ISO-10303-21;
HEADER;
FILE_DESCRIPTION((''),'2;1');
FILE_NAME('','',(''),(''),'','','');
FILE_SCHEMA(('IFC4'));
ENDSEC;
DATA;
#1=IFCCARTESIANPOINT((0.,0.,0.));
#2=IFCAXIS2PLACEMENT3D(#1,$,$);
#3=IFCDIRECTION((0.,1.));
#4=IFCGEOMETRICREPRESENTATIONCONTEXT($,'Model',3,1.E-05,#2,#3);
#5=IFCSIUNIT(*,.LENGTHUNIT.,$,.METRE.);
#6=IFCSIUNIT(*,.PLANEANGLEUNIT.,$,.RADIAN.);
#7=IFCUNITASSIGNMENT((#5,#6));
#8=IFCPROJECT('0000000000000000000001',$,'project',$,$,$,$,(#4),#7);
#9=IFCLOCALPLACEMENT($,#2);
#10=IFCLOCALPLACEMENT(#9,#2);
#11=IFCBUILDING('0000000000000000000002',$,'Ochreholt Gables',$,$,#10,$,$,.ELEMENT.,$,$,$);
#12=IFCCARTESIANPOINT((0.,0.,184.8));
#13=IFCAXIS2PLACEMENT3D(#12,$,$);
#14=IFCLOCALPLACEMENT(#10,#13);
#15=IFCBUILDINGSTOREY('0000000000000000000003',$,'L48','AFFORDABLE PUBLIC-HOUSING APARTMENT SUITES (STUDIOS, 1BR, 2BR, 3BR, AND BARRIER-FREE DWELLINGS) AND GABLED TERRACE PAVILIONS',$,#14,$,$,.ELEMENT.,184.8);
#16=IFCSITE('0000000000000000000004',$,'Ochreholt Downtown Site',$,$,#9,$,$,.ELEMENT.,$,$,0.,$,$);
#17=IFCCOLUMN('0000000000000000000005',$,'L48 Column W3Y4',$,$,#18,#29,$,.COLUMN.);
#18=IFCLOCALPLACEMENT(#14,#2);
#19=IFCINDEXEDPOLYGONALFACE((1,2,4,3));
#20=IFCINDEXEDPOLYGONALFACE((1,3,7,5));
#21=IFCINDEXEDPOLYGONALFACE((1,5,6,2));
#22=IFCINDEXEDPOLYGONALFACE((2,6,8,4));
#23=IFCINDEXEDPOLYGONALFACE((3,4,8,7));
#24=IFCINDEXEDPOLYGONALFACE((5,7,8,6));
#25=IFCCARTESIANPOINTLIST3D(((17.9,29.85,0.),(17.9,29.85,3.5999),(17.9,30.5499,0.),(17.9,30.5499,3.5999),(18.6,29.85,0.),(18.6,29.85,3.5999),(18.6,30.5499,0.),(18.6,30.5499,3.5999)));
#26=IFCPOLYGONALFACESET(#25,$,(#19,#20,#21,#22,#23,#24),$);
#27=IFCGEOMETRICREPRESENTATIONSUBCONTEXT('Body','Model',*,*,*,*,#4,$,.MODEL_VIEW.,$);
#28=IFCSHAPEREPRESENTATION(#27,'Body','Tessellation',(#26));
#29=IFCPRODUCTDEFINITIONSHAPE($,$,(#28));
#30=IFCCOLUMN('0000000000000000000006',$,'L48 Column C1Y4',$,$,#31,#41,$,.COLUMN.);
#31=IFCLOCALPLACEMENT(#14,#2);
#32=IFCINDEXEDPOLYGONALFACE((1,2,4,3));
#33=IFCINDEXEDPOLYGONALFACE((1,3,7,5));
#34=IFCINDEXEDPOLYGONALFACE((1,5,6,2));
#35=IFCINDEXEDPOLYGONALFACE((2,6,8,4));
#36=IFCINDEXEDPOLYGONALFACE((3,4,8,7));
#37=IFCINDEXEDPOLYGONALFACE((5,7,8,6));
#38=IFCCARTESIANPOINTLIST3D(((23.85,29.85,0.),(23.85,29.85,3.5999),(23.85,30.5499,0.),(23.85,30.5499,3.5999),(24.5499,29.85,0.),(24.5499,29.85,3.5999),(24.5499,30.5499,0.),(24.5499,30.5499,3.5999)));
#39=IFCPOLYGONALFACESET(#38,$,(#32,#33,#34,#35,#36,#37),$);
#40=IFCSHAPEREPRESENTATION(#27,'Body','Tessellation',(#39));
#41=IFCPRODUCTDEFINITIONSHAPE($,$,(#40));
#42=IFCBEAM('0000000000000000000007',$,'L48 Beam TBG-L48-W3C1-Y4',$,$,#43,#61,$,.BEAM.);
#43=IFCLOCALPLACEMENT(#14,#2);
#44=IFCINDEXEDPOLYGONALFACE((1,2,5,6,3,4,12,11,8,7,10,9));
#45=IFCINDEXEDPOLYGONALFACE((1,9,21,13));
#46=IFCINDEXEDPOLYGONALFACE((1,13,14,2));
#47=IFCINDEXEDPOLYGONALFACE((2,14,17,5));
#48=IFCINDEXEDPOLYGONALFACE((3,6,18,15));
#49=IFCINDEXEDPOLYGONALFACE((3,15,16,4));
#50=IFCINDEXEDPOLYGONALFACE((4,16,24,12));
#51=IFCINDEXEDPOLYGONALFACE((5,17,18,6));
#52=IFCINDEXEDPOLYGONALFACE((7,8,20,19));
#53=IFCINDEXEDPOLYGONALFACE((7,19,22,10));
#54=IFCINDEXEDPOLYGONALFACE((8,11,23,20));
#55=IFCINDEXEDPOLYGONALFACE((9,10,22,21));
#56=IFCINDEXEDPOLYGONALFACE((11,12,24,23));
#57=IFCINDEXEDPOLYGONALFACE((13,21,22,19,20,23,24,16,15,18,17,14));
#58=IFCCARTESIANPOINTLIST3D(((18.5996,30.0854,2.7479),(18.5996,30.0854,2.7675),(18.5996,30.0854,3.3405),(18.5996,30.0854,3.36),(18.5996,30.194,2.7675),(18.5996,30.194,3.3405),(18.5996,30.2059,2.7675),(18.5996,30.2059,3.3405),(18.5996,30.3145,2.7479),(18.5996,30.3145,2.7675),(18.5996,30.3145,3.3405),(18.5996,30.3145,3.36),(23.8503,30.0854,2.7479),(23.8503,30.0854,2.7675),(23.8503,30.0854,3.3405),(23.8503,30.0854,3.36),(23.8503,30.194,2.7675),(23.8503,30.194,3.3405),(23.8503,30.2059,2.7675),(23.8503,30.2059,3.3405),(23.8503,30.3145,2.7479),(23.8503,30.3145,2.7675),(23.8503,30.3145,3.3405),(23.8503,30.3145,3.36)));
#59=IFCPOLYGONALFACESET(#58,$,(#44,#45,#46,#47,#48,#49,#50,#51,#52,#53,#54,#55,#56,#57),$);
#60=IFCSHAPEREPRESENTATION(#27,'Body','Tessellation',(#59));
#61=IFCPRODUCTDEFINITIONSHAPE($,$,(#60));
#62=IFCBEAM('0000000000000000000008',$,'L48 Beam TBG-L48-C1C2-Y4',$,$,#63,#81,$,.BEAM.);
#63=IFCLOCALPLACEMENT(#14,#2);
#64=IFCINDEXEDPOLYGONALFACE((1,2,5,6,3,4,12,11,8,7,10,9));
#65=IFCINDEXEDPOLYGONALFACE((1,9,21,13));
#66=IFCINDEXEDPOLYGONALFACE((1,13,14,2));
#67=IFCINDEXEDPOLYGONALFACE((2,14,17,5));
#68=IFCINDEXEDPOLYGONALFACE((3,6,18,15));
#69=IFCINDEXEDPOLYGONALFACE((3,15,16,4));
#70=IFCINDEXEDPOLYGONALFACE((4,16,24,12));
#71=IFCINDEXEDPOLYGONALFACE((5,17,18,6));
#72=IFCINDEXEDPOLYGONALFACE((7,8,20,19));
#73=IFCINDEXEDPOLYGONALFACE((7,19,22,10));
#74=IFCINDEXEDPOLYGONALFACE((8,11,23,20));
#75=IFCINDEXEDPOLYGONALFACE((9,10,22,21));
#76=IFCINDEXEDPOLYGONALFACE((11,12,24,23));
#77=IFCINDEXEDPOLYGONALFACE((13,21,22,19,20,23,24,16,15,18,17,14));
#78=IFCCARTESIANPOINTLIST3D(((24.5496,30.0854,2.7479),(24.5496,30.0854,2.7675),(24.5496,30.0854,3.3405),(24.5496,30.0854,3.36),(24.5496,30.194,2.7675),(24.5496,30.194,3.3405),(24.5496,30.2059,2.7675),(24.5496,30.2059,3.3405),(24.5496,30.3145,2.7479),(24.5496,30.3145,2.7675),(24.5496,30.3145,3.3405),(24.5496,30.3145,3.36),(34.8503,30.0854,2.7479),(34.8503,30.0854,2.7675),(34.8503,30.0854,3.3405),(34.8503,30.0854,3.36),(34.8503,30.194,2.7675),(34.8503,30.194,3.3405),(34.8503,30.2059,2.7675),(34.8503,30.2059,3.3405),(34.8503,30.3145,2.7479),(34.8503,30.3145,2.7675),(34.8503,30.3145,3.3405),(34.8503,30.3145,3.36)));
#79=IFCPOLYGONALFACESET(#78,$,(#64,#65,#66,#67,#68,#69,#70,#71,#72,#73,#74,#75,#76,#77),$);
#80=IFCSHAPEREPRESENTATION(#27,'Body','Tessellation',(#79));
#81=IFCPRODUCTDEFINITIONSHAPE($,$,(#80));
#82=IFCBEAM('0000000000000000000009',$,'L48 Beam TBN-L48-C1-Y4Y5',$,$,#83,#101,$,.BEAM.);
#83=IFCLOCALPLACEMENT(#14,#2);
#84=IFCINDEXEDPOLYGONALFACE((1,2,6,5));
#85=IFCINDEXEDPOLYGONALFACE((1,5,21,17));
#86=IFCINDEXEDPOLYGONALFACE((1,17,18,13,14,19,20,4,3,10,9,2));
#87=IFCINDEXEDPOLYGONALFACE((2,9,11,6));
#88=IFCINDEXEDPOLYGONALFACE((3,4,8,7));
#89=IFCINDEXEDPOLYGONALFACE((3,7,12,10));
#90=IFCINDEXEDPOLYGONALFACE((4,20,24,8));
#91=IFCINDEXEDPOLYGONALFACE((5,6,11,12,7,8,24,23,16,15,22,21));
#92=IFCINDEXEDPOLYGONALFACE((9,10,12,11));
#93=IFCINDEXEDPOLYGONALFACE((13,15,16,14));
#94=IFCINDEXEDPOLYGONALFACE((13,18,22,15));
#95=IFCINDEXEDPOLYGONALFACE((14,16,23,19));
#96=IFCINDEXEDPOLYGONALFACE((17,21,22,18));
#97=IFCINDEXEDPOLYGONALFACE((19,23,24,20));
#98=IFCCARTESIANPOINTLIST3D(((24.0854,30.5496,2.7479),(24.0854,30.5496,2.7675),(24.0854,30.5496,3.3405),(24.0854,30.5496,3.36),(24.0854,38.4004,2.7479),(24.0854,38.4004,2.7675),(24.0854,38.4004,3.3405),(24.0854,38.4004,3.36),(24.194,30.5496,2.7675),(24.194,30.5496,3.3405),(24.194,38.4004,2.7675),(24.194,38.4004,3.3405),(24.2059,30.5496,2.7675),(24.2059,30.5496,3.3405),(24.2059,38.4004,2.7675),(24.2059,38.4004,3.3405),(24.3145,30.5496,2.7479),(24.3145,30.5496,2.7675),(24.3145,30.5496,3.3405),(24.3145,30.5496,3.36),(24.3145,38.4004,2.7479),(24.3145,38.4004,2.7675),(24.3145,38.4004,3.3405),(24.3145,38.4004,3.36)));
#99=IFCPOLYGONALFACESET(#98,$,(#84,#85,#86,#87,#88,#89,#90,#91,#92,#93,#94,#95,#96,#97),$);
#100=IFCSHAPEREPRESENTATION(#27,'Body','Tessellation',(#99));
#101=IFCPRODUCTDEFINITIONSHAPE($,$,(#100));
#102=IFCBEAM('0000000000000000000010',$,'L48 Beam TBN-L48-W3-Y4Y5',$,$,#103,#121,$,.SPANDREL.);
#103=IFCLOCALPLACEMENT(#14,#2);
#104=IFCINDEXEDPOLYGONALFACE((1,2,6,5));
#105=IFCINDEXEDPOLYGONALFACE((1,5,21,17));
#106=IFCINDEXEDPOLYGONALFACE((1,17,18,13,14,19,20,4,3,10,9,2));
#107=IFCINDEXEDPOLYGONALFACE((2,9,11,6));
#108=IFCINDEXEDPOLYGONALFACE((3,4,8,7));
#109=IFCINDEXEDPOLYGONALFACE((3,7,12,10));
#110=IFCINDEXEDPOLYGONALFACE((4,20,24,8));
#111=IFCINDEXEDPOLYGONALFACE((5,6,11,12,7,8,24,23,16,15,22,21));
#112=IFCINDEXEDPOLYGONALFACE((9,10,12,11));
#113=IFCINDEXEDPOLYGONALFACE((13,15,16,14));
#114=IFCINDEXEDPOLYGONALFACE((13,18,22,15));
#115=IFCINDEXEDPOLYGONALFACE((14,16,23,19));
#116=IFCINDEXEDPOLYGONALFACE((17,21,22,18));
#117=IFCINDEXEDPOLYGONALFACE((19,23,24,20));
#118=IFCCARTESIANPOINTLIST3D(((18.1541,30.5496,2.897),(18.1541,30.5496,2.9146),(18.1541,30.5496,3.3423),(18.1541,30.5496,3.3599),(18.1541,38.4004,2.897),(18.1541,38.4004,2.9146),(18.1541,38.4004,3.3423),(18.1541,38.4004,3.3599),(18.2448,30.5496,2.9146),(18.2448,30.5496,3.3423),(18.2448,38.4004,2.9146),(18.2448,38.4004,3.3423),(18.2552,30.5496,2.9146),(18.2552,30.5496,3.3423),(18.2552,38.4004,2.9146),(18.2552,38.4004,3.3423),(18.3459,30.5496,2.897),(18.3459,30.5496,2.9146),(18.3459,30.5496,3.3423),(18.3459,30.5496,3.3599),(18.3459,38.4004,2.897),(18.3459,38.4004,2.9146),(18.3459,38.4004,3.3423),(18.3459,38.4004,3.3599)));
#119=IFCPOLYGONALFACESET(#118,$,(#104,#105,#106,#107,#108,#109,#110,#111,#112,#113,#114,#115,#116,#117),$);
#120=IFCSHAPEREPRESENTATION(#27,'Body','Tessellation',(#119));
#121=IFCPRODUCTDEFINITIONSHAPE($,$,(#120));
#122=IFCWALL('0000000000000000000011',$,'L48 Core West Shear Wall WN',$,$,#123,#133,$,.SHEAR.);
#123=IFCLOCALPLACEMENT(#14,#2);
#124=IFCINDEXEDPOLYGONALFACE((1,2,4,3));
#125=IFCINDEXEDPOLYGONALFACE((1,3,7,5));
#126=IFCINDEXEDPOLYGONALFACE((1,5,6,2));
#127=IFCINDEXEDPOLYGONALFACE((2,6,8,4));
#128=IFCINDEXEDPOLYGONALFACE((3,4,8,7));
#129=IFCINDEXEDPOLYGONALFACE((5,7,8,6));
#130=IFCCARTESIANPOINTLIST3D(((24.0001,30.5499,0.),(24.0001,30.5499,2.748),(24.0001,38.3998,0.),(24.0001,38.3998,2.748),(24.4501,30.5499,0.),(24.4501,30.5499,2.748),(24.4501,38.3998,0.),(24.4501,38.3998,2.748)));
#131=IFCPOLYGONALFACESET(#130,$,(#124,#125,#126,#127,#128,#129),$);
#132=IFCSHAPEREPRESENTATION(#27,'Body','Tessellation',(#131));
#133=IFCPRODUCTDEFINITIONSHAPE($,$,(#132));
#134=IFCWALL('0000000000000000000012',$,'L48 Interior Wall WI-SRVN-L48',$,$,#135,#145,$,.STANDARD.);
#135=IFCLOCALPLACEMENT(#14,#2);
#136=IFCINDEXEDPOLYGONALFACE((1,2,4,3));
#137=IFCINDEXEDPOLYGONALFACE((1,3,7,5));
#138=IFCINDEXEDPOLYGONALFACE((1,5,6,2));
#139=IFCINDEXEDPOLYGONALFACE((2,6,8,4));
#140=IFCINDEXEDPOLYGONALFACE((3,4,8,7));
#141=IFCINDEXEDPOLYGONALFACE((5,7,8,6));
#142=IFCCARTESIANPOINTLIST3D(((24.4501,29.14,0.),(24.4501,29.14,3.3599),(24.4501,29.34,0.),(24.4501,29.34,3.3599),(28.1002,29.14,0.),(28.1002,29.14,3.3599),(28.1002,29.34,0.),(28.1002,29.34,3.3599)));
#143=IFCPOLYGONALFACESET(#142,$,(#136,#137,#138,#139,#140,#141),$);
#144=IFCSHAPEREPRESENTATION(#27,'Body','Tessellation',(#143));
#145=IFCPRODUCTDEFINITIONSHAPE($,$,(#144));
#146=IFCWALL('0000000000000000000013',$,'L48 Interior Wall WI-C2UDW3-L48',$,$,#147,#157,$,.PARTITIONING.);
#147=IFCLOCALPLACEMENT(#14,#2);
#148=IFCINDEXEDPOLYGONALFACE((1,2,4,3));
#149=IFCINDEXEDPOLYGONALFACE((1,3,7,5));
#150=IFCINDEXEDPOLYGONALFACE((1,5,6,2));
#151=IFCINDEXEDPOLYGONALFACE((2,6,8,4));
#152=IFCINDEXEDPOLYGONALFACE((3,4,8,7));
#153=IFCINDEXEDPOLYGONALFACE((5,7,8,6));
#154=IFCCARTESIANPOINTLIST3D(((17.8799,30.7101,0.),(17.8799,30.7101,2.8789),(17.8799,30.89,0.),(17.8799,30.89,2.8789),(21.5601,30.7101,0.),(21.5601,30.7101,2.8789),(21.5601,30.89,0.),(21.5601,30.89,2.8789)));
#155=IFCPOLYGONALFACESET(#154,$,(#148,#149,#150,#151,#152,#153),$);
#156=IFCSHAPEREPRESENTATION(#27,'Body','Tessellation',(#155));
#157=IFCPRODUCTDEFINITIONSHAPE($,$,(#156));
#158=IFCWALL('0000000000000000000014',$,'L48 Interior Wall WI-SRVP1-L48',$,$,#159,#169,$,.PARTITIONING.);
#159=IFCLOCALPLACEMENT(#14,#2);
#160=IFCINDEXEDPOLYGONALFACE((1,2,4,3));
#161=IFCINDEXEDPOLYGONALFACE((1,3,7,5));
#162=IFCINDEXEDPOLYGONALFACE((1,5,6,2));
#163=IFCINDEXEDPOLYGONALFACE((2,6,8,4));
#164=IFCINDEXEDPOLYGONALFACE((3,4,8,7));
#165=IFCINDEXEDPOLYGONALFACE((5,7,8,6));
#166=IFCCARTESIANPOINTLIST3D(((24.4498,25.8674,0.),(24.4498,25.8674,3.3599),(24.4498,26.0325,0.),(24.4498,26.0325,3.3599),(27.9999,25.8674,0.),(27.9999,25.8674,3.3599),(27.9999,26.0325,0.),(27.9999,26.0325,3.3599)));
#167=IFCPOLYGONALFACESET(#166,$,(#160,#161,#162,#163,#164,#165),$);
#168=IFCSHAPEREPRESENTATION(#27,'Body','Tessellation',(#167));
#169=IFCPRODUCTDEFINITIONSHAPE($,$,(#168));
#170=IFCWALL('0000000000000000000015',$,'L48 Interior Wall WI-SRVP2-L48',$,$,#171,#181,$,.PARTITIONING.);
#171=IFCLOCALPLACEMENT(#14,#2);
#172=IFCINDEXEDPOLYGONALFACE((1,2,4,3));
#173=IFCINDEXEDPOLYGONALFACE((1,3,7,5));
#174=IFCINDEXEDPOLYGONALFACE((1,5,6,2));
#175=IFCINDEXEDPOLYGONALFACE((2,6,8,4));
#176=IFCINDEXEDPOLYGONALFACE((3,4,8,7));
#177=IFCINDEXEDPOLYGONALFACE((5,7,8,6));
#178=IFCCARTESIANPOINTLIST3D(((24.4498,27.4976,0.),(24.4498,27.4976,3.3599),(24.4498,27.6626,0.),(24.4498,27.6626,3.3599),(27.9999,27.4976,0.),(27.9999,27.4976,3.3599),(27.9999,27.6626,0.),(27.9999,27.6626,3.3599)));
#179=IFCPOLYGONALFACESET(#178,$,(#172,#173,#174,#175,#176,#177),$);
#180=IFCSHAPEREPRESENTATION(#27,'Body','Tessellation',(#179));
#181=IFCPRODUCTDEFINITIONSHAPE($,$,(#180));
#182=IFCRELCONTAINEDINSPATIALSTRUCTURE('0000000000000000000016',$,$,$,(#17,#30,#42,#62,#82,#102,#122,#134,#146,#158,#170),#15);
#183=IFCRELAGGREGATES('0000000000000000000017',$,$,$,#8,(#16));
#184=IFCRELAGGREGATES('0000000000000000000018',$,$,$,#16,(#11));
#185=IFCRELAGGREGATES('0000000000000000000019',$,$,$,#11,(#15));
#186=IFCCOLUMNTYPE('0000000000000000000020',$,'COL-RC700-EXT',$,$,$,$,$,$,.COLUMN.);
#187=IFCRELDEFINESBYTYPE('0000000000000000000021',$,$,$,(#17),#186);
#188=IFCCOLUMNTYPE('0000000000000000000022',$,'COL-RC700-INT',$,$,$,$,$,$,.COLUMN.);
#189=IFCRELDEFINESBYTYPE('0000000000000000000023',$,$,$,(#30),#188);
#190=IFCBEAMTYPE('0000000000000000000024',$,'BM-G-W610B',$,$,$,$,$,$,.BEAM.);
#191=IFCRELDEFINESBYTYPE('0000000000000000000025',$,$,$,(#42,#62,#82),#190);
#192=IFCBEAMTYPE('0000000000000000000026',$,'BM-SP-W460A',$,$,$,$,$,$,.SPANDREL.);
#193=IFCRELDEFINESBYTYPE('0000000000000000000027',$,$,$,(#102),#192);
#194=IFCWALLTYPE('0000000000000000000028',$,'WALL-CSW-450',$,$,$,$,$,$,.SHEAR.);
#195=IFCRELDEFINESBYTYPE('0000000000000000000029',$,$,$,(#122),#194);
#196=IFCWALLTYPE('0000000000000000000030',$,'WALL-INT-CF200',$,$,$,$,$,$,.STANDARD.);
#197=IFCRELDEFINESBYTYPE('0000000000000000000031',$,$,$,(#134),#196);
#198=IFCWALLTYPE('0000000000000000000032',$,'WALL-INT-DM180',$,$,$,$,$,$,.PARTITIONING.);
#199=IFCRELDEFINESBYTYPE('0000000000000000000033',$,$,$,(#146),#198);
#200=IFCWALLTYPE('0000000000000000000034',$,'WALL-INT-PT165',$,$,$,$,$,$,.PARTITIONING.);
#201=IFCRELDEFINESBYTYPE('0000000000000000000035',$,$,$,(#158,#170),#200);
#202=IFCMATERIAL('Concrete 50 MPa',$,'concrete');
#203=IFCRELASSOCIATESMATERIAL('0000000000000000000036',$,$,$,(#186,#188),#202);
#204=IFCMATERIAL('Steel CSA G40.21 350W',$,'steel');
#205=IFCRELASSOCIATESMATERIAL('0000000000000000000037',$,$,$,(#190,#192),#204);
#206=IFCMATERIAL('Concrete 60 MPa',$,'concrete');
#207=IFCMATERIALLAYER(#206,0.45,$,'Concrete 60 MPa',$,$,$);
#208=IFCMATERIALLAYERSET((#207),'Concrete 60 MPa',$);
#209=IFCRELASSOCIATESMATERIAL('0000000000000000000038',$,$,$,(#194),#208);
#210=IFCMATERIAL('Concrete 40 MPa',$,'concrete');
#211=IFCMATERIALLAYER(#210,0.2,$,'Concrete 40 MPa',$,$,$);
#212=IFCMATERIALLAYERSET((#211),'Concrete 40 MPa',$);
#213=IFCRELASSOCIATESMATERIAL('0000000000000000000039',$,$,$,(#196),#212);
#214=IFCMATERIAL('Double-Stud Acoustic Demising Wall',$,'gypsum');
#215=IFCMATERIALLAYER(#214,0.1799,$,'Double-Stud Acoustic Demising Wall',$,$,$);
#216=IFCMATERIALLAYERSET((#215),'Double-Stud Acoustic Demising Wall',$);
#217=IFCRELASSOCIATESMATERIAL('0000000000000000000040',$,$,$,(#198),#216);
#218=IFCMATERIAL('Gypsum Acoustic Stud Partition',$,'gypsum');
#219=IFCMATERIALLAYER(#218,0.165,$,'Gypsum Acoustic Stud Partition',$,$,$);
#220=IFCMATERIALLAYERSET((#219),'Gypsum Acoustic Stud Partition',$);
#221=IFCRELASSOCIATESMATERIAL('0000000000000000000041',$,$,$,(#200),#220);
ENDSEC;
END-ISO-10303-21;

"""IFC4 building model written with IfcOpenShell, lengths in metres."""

from ifc_helpers import new_model, si_unit, direction, frame, frame_2d, origin, origin_2d, place, context, subcontext, project, spatial, rectangle, i_section, extrude, material, layer, layer_set, material_profile, profile_set, type_object, element, save


model = new_model("IFC4")

# Units and contexts
model_context = context("Model", 3, precision=1e-05, world=origin(), true_north=direction((0.0, 1.0)))
body_context = subcontext(model_context, "Body", "Model", "MODEL_VIEW")
ifc_project = project(units=[si_unit("LENGTHUNIT", "METRE"), si_unit("PLANEANGLEUNIT", "RADIAN")], contexts=[model_context])

# Site, building, storey
site_placement = place(None, origin())
site = spatial("IfcSite", under=ifc_project, at=site_placement, Name="Ochreholt Downtown Site", CompositionType="ELEMENT", RefElevation=0.0)
building_placement = place(site_placement, origin())
building = spatial("IfcBuilding", under=site, at=building_placement, Name="Ochreholt Gables", CompositionType="ELEMENT")
storey_placement = place(building_placement, frame((0.0, 0.0, 184.8)))
storey = spatial("IfcBuildingStorey", under=building, at=storey_placement, Name="L48", Description="AFFORDABLE PUBLIC-HOUSING APARTMENT SUITES (STUDIOS, 1BR, 2BR, 3BR, AND BARRIER-FREE DWELLINGS) AND GABLED TERRACE PAVILIONS", CompositionType="ELEMENT", Elevation=184.8)

# Columns
ifc_material_1 = material(Name="Concrete 50 MPa", Category="concrete")
ifc_material_profile_1 = material_profile(ifc_material_1, rectangle(XDim=0.7, YDim=0.7, at=origin_2d()), Name="RC700X700")
ifc_profile_set_1 = profile_set([ifc_material_profile_1], Name="Concrete 50 MPa")
column_type_1 = type_object("IfcColumnType", Name="COL-RC700-EXT", PredefinedType="COLUMN", material=ifc_profile_set_1)
column_1_placement = place(storey_placement, frame((18.25, 30.2, 0.0), z_axis=(0.0, 0.0, 1.0), x_axis=(1.0, 0.0, 0.0)))
element("IfcColumn", 1, at=column_1_placement, inside=storey, type_object=column_type_1, Name="L48 Column W3Y4", PredefinedType="COLUMN", context=body_context, shape_type="SweptSolid", body=[
    extrude(rectangle(XDim=0.7, YDim=0.7, at=origin_2d()), origin(), (0.0, 0.0, 1.0), 3.5999),
])
ifc_material_profile_2 = material_profile(ifc_material_1, rectangle(XDim=0.7, YDim=0.7, at=origin_2d()), Name="RC700X700")
ifc_profile_set_2 = profile_set([ifc_material_profile_2], Name="Concrete 50 MPa")
column_type_2 = type_object("IfcColumnType", Name="COL-RC700-INT", PredefinedType="COLUMN", material=ifc_profile_set_2)
column_2_placement = place(storey_placement, frame((24.2, 30.2, 0.0), z_axis=(0.0, 0.0, 1.0), x_axis=(1.0, 0.0, 0.0)))
element("IfcColumn", 2, at=column_2_placement, inside=storey, type_object=column_type_2, Name="L48 Column C1Y4", PredefinedType="COLUMN", context=body_context, shape_type="SweptSolid", body=[
    extrude(rectangle(XDim=0.7, YDim=0.7, at=origin_2d()), origin(), (0.0, 0.0, 1.0), 3.5999),
])

# Beams
ifc_material_2 = material(Name="Steel CSA G40.21 350W", Category="steel")
ifc_material_profile_3 = material_profile(ifc_material_2, i_section(OverallWidth=0.229, OverallDepth=0.6121, WebThickness=0.012, FlangeThickness=0.0195, at=origin_2d()), Name="W610X125")
ifc_profile_set_3 = profile_set([ifc_material_profile_3], Name="Steel CSA G40.21 350W")
beam_type_1 = type_object("IfcBeamType", Name="BM-G-W610B", PredefinedType="BEAM", material=ifc_profile_set_3)
beam_1_placement = place(storey_placement, frame((18.5996, 30.2, 3.054), z_axis=(1.0, 0.0, 0.0), x_axis=(0.0, 1.0, 0.0)))
element("IfcBeam", 3, at=beam_1_placement, inside=storey, type_object=beam_type_1, Name="L48 Beam TBG-L48-W3C1-Y4", PredefinedType="BEAM", context=body_context, shape_type="SweptSolid", body=[
    extrude(i_section(OverallWidth=0.229, OverallDepth=0.6121, WebThickness=0.012, FlangeThickness=0.0195, at=origin_2d()), origin(), (0.0, 0.0, 1.0), 5.2507),
])
beam_2_placement = place(storey_placement, frame((24.5496, 30.2, 3.054), z_axis=(1.0, 0.0, 0.0), x_axis=(0.0, 1.0, 0.0)))
element("IfcBeam", 4, at=beam_2_placement, inside=storey, type_object=beam_type_1, Name="L48 Beam TBG-L48-C1C2-Y4", PredefinedType="BEAM", context=body_context, shape_type="SweptSolid", body=[
    extrude(i_section(OverallWidth=0.229, OverallDepth=0.6121, WebThickness=0.012, FlangeThickness=0.0195, at=origin_2d()), origin(), (0.0, 0.0, 1.0), 10.3008),
])
beam_3_placement = place(storey_placement, frame((24.2, 30.5496, 3.054), z_axis=(0.0, 1.0, 0.0), x_axis=(-1.0, 0.0, 0.0)))
element("IfcBeam", 5, at=beam_3_placement, inside=storey, type_object=beam_type_1, Name="L48 Beam TBN-L48-C1-Y4Y5", PredefinedType="BEAM", context=body_context, shape_type="SweptSolid", body=[
    extrude(i_section(OverallWidth=0.229, OverallDepth=0.6121, WebThickness=0.012, FlangeThickness=0.0195, at=origin_2d()), origin(), (0.0, 0.0, 1.0), 7.8508),
])
ifc_material_profile_4 = material_profile(ifc_material_2, i_section(OverallWidth=0.1919, OverallDepth=0.4629, WebThickness=0.0105, FlangeThickness=0.0176, at=origin_2d()), Name="W460X89")
ifc_profile_set_4 = profile_set([ifc_material_profile_4], Name="Steel CSA G40.21 350W")
beam_type_2 = type_object("IfcBeamType", Name="BM-SP-W460A", PredefinedType="SPANDREL", material=ifc_profile_set_4)
beam_4_placement = place(storey_placement, frame((18.25, 30.5496, 3.1284), z_axis=(0.0, 1.0, 0.0), x_axis=(-1.0, 0.0, 0.0)))
element("IfcBeam", 6, at=beam_4_placement, inside=storey, type_object=beam_type_2, Name="L48 Beam TBN-L48-W3-Y4Y5", PredefinedType="SPANDREL", context=body_context, shape_type="SweptSolid", body=[
    extrude(i_section(OverallWidth=0.1919, OverallDepth=0.4629, WebThickness=0.0105, FlangeThickness=0.0176, at=origin_2d()), origin(), (0.0, 0.0, 1.0), 7.8508),
])

# Walls
ifc_material_3 = material(Name="Concrete 60 MPa", Category="concrete")
ifc_layer_1 = layer(ifc_material_3, 0.45, Name="Concrete 60 MPa")
ifc_layer_set_1 = layer_set([ifc_layer_1], Name="Concrete 60 MPa")
wall_type_1 = type_object("IfcWallType", Name="WALL-CSW-450", PredefinedType="SHEAR", material=ifc_layer_set_1)
wall_1_placement = place(storey_placement, frame((24.2251, 30.55, 0.0), z_axis=(0.0, 0.0, 1.0), x_axis=(0.0, 1.0, 0.0)))
element("IfcWall", 7, at=wall_1_placement, inside=storey, type_object=wall_type_1, Name="L48 Core West Shear Wall WN", PredefinedType="SHEAR", context=body_context, shape_type="SweptSolid", body=[
    extrude(rectangle(XDim=7.8499, YDim=0.45, at=frame_2d((3.9248, 0.0))), origin(), (0.0, 0.0, 1.0), 2.748),
])
ifc_material_4 = material(Name="Concrete 40 MPa", Category="concrete")
ifc_layer_2 = layer(ifc_material_4, 0.2, Name="Concrete 40 MPa")
ifc_layer_set_2 = layer_set([ifc_layer_2], Name="Concrete 40 MPa")
wall_type_2 = type_object("IfcWallType", Name="WALL-INT-CF200", PredefinedType="STANDARD", material=ifc_layer_set_2)
wall_2_placement = place(storey_placement, frame((24.45, 29.24, 0.0), z_axis=(0.0, 0.0, 1.0), x_axis=(1.0, 0.0, 0.0)))
element("IfcWall", 8, at=wall_2_placement, inside=storey, type_object=wall_type_2, Name="L48 Interior Wall WI-SRVN-L48", PredefinedType="STANDARD", context=body_context, shape_type="SweptSolid", body=[
    extrude(rectangle(XDim=3.6501, YDim=0.2, at=frame_2d((1.8252, 0.0))), origin(), (0.0, 0.0, 1.0), 3.3599),
])
ifc_material_5 = material(Name="Double-Stud Acoustic Demising Wall", Category="gypsum")
ifc_layer_3 = layer(ifc_material_5, 0.1799, Name="Double-Stud Acoustic Demising Wall")
ifc_layer_set_3 = layer_set([ifc_layer_3], Name="Double-Stud Acoustic Demising Wall")
wall_type_3 = type_object("IfcWallType", Name="WALL-INT-DM180", PredefinedType="PARTITIONING", material=ifc_layer_set_3)
wall_3_placement = place(storey_placement, frame((17.8799, 30.8, 0.0), z_axis=(0.0, 0.0, 1.0), x_axis=(1.0, 0.0, 0.0)))
element("IfcWall", 9, at=wall_3_placement, inside=storey, type_object=wall_type_3, Name="L48 Interior Wall WI-C2UDW3-L48", PredefinedType="PARTITIONING", context=body_context, shape_type="SweptSolid", body=[
    extrude(rectangle(XDim=3.6802, YDim=0.1799, at=frame_2d((1.8401, 0.0))), origin(), (0.0, 0.0, 1.0), 2.8789),
])
ifc_material_6 = material(Name="Gypsum Acoustic Stud Partition", Category="gypsum")
ifc_layer_4 = layer(ifc_material_6, 0.165, Name="Gypsum Acoustic Stud Partition")
ifc_layer_set_4 = layer_set([ifc_layer_4], Name="Gypsum Acoustic Stud Partition")
wall_type_4 = type_object("IfcWallType", Name="WALL-INT-PT165", PredefinedType="PARTITIONING", material=ifc_layer_set_4)
for number, where, z_axis, x_axis, name in (
    (10, (24.45, 25.95, 0.0), (0.0, 0.0, 1.0), (1.0, 0.0, 0.0), "L48 Interior Wall WI-SRVP1-L48"),
    (11, (24.45, 27.5801, 0.0), (0.0, 0.0, 1.0), (1.0, 0.0, 0.0), "L48 Interior Wall WI-SRVP2-L48"),
):
    element("IfcWall", number, at=place(storey_placement, frame(where, z_axis=z_axis, x_axis=x_axis)), inside=storey, type_object=wall_type_4, Name=name, PredefinedType="PARTITIONING", context=body_context, shape_type="SweptSolid", body=[
        extrude(rectangle(XDim=3.55, YDim=0.165, at=frame_2d((1.7749, 0.0))), origin(), (0.0, 0.0, 1.0), 3.3599),
    ])

save(model, "model.ifc")
